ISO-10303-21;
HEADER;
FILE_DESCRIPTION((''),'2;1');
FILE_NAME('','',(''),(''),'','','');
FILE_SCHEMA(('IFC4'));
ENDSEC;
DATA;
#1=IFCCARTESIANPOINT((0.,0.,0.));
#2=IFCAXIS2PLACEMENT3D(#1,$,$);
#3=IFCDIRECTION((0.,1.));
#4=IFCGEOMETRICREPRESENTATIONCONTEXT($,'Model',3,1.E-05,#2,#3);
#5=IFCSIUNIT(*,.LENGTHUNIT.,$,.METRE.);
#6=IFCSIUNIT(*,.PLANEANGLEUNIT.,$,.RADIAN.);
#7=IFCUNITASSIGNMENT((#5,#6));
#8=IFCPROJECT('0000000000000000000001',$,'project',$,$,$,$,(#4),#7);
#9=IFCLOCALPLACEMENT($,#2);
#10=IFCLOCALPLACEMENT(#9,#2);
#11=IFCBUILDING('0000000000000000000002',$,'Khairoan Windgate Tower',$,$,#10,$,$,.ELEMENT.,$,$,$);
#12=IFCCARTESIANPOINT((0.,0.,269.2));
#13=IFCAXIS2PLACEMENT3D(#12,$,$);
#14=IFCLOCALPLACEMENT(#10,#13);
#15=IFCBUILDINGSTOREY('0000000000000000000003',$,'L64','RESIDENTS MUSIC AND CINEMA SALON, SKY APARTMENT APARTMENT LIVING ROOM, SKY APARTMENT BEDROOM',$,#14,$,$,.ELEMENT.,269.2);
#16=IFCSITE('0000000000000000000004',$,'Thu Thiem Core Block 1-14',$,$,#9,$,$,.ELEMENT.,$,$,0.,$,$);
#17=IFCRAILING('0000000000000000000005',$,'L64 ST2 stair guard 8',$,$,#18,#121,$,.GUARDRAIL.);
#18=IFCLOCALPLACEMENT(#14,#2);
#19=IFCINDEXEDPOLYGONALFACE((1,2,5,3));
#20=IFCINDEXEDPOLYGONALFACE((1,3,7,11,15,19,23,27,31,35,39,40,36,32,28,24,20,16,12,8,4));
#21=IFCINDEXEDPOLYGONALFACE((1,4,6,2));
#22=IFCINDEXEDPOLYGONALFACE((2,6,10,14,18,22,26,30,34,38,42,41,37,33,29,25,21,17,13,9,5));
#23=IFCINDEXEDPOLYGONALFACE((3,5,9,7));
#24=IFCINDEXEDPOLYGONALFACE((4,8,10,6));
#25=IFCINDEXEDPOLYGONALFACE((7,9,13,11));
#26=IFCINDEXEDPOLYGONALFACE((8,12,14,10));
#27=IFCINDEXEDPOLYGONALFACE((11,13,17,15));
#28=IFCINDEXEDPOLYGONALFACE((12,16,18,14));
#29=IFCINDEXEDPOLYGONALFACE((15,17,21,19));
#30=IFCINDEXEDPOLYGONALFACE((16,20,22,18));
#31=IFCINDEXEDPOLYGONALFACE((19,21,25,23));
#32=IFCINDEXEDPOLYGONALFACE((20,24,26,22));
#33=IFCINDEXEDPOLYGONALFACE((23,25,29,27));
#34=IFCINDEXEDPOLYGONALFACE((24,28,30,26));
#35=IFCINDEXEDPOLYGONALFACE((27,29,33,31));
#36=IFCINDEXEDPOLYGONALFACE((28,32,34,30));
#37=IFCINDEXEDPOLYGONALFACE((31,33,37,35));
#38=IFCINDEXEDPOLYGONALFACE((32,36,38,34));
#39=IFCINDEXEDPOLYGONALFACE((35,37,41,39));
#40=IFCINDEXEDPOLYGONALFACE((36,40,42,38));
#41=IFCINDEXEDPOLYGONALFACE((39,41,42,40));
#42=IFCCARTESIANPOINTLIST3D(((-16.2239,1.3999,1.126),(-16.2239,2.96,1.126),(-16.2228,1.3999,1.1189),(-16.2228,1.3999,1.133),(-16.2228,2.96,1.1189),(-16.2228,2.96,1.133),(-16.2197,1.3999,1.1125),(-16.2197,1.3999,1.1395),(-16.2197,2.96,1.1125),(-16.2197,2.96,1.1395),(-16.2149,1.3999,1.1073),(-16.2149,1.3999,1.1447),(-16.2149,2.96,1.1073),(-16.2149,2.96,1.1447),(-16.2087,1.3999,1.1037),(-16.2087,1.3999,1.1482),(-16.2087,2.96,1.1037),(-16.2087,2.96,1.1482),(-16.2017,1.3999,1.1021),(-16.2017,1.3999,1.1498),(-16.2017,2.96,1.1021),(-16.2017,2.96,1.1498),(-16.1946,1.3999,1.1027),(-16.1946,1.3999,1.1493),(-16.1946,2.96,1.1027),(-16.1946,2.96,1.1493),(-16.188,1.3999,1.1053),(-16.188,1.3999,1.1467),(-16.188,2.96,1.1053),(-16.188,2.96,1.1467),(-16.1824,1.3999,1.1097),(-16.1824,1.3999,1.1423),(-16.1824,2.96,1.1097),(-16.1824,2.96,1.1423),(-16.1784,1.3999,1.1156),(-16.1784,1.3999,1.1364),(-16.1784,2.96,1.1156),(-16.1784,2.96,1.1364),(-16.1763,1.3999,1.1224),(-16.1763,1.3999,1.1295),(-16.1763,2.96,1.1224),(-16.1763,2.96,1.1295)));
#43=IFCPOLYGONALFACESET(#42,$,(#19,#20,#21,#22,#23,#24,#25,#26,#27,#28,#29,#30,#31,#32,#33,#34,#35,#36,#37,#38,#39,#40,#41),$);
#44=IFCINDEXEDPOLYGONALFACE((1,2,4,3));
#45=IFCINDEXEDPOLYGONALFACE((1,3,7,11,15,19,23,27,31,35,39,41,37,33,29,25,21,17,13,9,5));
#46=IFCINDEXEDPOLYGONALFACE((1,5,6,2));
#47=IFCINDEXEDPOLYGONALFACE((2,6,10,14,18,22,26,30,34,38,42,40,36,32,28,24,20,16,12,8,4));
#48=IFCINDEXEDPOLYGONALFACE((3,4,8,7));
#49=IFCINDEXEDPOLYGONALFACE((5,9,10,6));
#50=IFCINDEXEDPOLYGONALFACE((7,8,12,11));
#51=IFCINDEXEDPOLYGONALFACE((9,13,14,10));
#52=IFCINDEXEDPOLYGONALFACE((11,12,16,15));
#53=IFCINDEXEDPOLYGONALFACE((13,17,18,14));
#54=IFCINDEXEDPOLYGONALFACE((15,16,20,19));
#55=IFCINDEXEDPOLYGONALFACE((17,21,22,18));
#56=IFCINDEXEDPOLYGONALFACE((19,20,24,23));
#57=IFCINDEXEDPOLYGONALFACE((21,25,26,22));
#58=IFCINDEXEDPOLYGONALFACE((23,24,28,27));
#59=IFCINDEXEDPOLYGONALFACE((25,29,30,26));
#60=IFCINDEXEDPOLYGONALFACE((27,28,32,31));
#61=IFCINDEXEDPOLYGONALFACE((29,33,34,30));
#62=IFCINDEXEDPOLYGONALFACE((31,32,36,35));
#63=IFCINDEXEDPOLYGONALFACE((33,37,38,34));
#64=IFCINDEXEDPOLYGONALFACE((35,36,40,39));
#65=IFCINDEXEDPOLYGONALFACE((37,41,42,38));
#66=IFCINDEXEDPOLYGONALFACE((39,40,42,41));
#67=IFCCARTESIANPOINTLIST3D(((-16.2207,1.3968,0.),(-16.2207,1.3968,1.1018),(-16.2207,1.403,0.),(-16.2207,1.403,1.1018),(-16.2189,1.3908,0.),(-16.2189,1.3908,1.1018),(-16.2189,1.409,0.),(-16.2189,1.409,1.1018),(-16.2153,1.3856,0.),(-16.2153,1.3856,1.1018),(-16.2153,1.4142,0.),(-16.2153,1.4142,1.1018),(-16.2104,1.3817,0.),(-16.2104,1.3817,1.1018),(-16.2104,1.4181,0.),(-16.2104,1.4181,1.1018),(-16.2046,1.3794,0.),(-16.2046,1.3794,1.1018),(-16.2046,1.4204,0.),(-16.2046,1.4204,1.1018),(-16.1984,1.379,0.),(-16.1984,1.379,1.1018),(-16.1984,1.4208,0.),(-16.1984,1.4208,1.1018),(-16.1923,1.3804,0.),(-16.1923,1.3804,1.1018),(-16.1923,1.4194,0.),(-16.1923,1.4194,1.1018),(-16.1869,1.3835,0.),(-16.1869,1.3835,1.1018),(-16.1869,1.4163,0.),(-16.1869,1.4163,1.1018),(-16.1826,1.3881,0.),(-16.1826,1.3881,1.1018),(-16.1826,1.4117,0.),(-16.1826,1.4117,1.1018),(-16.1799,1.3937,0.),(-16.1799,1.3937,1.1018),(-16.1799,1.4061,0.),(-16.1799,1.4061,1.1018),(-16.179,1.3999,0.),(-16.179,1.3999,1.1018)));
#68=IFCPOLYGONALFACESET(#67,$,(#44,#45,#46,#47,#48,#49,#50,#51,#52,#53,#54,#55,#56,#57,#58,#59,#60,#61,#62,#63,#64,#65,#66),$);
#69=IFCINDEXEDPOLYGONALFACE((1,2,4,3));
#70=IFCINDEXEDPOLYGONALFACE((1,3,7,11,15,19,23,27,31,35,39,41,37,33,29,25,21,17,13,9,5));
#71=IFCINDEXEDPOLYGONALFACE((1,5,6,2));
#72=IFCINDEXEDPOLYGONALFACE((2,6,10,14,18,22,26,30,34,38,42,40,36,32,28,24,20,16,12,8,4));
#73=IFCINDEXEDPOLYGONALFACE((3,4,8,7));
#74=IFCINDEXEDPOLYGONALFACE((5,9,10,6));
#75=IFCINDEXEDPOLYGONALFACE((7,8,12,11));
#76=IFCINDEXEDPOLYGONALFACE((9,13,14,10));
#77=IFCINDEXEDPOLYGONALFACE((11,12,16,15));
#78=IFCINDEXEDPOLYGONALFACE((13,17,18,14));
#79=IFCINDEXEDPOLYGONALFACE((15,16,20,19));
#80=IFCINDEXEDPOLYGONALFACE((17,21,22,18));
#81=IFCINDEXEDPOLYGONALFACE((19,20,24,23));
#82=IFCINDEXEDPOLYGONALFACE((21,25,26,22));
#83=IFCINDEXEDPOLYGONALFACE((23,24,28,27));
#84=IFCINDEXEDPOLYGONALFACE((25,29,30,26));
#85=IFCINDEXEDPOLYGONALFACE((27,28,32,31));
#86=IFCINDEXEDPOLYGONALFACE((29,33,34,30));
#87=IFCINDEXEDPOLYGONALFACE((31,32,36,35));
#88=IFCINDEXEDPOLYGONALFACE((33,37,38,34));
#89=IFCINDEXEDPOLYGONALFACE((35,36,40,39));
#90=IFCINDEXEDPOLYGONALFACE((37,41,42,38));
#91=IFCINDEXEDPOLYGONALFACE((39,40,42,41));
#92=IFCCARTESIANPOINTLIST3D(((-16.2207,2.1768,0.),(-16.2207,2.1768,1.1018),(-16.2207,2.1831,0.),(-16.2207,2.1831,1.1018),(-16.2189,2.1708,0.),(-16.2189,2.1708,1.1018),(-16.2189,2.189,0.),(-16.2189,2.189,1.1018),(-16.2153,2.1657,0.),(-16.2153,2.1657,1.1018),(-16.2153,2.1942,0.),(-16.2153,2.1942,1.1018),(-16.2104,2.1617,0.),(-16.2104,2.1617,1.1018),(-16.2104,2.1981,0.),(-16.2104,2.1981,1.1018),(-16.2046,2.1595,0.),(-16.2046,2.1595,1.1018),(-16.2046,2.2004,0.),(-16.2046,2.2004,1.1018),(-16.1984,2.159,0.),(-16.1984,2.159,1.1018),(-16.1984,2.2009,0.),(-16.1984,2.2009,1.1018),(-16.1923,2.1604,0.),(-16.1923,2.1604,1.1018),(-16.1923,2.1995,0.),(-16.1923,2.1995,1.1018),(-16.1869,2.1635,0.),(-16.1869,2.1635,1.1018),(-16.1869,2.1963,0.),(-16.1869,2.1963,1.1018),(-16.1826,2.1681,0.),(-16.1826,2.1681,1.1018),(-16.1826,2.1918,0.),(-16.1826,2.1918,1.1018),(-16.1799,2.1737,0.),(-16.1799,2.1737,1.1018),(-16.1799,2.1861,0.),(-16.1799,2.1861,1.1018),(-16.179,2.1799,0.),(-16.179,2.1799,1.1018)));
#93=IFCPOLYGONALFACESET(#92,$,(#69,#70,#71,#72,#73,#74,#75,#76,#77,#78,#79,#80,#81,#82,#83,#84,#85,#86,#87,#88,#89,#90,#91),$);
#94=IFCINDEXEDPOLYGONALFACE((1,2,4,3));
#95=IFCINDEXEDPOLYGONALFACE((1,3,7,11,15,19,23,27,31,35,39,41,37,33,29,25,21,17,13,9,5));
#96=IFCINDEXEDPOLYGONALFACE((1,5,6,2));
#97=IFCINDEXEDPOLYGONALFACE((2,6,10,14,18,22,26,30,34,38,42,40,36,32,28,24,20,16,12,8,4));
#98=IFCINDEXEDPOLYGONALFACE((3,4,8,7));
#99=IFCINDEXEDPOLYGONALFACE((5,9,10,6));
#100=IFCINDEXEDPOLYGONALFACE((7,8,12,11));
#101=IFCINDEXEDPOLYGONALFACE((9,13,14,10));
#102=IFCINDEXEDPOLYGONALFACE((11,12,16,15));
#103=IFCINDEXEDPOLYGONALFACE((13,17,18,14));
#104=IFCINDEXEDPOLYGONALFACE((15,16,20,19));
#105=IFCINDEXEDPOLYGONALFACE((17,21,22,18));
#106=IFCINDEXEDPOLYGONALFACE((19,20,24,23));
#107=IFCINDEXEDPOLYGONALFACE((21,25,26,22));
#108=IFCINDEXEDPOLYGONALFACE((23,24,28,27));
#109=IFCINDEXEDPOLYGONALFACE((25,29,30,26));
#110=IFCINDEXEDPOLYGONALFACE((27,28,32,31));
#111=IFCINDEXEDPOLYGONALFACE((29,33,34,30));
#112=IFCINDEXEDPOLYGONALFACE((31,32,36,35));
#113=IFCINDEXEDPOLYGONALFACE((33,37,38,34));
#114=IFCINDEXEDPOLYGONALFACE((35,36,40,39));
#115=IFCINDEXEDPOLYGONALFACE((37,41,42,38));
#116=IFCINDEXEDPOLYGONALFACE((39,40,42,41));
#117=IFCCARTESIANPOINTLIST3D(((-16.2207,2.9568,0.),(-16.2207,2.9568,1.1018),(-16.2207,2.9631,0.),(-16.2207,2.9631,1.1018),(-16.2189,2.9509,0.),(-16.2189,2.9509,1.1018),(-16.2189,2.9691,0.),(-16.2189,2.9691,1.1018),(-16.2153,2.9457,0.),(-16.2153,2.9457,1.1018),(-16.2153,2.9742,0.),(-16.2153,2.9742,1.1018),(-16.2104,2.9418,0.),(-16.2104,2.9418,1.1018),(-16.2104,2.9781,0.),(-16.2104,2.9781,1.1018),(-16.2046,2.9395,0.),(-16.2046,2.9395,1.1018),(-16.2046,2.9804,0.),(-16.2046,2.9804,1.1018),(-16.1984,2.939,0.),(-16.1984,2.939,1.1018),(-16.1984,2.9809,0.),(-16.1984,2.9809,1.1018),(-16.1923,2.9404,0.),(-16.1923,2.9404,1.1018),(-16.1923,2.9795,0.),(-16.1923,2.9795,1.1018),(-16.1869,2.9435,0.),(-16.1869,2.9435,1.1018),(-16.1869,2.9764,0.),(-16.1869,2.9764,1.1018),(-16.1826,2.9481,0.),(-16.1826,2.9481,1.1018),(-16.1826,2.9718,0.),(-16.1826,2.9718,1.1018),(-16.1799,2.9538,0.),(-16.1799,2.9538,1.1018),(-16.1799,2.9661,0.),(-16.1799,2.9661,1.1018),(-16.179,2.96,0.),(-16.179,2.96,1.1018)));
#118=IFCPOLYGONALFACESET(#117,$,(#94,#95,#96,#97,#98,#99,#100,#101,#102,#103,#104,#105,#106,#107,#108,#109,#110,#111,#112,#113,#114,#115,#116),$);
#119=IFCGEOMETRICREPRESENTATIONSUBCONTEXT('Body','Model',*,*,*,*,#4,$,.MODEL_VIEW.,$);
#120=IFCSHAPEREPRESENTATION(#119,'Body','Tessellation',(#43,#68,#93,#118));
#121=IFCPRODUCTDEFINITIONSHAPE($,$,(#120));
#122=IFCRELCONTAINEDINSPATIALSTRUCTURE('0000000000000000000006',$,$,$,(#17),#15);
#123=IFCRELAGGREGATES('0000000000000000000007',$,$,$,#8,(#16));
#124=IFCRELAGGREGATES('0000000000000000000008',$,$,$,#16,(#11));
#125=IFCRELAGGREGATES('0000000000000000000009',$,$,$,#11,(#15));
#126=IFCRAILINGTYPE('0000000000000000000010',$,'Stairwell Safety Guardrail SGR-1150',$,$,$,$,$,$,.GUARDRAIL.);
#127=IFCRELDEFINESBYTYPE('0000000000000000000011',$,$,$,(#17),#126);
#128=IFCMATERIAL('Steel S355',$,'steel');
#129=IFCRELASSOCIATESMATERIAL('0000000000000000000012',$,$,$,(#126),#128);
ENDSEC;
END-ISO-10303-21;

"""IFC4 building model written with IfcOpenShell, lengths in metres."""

from ifc_helpers import new_model, si_unit, direction, frame, origin, origin_2d, place, context, subcontext, project, spatial, circle, extrude, material, type_object, element, save


model = new_model("IFC4")

# Units and contexts
model_context = context("Model", 3, precision=1e-05, world=origin(), true_north=direction((0.0, 1.0)))
body_context = subcontext(model_context, "Body", "Model", "MODEL_VIEW")
ifc_project = project(units=[si_unit("LENGTHUNIT", "METRE"), si_unit("PLANEANGLEUNIT", "RADIAN")], contexts=[model_context])

# Site, building, storey
site_placement = place(None, origin())
site = spatial("IfcSite", under=ifc_project, at=site_placement, Name="Thu Thiem Core Block 1-14", CompositionType="ELEMENT", RefElevation=0.0)
building_placement = place(site_placement, origin())
building = spatial("IfcBuilding", under=site, at=building_placement, Name="Khairoan Windgate Tower", CompositionType="ELEMENT")
storey_placement = place(building_placement, frame((0.0, 0.0, 269.2)))
storey = spatial("IfcBuildingStorey", under=building, at=storey_placement, Name="L64", Description="RESIDENTS MUSIC AND CINEMA SALON, SKY APARTMENT APARTMENT LIVING ROOM, SKY APARTMENT BEDROOM", CompositionType="ELEMENT", Elevation=269.2)

# Railing
ifc_material_1 = material(Name="Steel S355", Category="steel")
railing_type_1 = type_object("IfcRailingType", Name="Stairwell Safety Guardrail SGR-1150", PredefinedType="GUARDRAIL", material=ifc_material_1)
railing_1_placement = place(storey_placement, frame((-16.2, 1.3999, 0.0)))
element("IfcRailing", 1, at=railing_1_placement, inside=storey, type_object=railing_type_1, Name="L64 ST2 stair guard 8", PredefinedType="GUARDRAIL", context=body_context, shape_type="SweptSolid", body=[
    extrude(circle(Radius=0.0239, at=origin_2d()), frame((0.0, 0.0, 1.126), z_axis=(0.0, 1.0, 0.0), x_axis=(-1.0, 0.0, 0.0)), (0.0, 0.0, 1.0), 1.5601),
    extrude(circle(Radius=0.021, at=origin_2d()), origin(), (0.0, 0.0, 1.0), 1.1018),
    extrude(circle(Radius=0.021, at=origin_2d()), frame((0.0, 0.78, 0.0)), (0.0, 0.0, 1.0), 1.1018),
    extrude(circle(Radius=0.021, at=origin_2d()), frame((0.0, 1.5601, 0.0)), (0.0, 0.0, 1.0), 1.1018),
])

save(model, "model.ifc")
